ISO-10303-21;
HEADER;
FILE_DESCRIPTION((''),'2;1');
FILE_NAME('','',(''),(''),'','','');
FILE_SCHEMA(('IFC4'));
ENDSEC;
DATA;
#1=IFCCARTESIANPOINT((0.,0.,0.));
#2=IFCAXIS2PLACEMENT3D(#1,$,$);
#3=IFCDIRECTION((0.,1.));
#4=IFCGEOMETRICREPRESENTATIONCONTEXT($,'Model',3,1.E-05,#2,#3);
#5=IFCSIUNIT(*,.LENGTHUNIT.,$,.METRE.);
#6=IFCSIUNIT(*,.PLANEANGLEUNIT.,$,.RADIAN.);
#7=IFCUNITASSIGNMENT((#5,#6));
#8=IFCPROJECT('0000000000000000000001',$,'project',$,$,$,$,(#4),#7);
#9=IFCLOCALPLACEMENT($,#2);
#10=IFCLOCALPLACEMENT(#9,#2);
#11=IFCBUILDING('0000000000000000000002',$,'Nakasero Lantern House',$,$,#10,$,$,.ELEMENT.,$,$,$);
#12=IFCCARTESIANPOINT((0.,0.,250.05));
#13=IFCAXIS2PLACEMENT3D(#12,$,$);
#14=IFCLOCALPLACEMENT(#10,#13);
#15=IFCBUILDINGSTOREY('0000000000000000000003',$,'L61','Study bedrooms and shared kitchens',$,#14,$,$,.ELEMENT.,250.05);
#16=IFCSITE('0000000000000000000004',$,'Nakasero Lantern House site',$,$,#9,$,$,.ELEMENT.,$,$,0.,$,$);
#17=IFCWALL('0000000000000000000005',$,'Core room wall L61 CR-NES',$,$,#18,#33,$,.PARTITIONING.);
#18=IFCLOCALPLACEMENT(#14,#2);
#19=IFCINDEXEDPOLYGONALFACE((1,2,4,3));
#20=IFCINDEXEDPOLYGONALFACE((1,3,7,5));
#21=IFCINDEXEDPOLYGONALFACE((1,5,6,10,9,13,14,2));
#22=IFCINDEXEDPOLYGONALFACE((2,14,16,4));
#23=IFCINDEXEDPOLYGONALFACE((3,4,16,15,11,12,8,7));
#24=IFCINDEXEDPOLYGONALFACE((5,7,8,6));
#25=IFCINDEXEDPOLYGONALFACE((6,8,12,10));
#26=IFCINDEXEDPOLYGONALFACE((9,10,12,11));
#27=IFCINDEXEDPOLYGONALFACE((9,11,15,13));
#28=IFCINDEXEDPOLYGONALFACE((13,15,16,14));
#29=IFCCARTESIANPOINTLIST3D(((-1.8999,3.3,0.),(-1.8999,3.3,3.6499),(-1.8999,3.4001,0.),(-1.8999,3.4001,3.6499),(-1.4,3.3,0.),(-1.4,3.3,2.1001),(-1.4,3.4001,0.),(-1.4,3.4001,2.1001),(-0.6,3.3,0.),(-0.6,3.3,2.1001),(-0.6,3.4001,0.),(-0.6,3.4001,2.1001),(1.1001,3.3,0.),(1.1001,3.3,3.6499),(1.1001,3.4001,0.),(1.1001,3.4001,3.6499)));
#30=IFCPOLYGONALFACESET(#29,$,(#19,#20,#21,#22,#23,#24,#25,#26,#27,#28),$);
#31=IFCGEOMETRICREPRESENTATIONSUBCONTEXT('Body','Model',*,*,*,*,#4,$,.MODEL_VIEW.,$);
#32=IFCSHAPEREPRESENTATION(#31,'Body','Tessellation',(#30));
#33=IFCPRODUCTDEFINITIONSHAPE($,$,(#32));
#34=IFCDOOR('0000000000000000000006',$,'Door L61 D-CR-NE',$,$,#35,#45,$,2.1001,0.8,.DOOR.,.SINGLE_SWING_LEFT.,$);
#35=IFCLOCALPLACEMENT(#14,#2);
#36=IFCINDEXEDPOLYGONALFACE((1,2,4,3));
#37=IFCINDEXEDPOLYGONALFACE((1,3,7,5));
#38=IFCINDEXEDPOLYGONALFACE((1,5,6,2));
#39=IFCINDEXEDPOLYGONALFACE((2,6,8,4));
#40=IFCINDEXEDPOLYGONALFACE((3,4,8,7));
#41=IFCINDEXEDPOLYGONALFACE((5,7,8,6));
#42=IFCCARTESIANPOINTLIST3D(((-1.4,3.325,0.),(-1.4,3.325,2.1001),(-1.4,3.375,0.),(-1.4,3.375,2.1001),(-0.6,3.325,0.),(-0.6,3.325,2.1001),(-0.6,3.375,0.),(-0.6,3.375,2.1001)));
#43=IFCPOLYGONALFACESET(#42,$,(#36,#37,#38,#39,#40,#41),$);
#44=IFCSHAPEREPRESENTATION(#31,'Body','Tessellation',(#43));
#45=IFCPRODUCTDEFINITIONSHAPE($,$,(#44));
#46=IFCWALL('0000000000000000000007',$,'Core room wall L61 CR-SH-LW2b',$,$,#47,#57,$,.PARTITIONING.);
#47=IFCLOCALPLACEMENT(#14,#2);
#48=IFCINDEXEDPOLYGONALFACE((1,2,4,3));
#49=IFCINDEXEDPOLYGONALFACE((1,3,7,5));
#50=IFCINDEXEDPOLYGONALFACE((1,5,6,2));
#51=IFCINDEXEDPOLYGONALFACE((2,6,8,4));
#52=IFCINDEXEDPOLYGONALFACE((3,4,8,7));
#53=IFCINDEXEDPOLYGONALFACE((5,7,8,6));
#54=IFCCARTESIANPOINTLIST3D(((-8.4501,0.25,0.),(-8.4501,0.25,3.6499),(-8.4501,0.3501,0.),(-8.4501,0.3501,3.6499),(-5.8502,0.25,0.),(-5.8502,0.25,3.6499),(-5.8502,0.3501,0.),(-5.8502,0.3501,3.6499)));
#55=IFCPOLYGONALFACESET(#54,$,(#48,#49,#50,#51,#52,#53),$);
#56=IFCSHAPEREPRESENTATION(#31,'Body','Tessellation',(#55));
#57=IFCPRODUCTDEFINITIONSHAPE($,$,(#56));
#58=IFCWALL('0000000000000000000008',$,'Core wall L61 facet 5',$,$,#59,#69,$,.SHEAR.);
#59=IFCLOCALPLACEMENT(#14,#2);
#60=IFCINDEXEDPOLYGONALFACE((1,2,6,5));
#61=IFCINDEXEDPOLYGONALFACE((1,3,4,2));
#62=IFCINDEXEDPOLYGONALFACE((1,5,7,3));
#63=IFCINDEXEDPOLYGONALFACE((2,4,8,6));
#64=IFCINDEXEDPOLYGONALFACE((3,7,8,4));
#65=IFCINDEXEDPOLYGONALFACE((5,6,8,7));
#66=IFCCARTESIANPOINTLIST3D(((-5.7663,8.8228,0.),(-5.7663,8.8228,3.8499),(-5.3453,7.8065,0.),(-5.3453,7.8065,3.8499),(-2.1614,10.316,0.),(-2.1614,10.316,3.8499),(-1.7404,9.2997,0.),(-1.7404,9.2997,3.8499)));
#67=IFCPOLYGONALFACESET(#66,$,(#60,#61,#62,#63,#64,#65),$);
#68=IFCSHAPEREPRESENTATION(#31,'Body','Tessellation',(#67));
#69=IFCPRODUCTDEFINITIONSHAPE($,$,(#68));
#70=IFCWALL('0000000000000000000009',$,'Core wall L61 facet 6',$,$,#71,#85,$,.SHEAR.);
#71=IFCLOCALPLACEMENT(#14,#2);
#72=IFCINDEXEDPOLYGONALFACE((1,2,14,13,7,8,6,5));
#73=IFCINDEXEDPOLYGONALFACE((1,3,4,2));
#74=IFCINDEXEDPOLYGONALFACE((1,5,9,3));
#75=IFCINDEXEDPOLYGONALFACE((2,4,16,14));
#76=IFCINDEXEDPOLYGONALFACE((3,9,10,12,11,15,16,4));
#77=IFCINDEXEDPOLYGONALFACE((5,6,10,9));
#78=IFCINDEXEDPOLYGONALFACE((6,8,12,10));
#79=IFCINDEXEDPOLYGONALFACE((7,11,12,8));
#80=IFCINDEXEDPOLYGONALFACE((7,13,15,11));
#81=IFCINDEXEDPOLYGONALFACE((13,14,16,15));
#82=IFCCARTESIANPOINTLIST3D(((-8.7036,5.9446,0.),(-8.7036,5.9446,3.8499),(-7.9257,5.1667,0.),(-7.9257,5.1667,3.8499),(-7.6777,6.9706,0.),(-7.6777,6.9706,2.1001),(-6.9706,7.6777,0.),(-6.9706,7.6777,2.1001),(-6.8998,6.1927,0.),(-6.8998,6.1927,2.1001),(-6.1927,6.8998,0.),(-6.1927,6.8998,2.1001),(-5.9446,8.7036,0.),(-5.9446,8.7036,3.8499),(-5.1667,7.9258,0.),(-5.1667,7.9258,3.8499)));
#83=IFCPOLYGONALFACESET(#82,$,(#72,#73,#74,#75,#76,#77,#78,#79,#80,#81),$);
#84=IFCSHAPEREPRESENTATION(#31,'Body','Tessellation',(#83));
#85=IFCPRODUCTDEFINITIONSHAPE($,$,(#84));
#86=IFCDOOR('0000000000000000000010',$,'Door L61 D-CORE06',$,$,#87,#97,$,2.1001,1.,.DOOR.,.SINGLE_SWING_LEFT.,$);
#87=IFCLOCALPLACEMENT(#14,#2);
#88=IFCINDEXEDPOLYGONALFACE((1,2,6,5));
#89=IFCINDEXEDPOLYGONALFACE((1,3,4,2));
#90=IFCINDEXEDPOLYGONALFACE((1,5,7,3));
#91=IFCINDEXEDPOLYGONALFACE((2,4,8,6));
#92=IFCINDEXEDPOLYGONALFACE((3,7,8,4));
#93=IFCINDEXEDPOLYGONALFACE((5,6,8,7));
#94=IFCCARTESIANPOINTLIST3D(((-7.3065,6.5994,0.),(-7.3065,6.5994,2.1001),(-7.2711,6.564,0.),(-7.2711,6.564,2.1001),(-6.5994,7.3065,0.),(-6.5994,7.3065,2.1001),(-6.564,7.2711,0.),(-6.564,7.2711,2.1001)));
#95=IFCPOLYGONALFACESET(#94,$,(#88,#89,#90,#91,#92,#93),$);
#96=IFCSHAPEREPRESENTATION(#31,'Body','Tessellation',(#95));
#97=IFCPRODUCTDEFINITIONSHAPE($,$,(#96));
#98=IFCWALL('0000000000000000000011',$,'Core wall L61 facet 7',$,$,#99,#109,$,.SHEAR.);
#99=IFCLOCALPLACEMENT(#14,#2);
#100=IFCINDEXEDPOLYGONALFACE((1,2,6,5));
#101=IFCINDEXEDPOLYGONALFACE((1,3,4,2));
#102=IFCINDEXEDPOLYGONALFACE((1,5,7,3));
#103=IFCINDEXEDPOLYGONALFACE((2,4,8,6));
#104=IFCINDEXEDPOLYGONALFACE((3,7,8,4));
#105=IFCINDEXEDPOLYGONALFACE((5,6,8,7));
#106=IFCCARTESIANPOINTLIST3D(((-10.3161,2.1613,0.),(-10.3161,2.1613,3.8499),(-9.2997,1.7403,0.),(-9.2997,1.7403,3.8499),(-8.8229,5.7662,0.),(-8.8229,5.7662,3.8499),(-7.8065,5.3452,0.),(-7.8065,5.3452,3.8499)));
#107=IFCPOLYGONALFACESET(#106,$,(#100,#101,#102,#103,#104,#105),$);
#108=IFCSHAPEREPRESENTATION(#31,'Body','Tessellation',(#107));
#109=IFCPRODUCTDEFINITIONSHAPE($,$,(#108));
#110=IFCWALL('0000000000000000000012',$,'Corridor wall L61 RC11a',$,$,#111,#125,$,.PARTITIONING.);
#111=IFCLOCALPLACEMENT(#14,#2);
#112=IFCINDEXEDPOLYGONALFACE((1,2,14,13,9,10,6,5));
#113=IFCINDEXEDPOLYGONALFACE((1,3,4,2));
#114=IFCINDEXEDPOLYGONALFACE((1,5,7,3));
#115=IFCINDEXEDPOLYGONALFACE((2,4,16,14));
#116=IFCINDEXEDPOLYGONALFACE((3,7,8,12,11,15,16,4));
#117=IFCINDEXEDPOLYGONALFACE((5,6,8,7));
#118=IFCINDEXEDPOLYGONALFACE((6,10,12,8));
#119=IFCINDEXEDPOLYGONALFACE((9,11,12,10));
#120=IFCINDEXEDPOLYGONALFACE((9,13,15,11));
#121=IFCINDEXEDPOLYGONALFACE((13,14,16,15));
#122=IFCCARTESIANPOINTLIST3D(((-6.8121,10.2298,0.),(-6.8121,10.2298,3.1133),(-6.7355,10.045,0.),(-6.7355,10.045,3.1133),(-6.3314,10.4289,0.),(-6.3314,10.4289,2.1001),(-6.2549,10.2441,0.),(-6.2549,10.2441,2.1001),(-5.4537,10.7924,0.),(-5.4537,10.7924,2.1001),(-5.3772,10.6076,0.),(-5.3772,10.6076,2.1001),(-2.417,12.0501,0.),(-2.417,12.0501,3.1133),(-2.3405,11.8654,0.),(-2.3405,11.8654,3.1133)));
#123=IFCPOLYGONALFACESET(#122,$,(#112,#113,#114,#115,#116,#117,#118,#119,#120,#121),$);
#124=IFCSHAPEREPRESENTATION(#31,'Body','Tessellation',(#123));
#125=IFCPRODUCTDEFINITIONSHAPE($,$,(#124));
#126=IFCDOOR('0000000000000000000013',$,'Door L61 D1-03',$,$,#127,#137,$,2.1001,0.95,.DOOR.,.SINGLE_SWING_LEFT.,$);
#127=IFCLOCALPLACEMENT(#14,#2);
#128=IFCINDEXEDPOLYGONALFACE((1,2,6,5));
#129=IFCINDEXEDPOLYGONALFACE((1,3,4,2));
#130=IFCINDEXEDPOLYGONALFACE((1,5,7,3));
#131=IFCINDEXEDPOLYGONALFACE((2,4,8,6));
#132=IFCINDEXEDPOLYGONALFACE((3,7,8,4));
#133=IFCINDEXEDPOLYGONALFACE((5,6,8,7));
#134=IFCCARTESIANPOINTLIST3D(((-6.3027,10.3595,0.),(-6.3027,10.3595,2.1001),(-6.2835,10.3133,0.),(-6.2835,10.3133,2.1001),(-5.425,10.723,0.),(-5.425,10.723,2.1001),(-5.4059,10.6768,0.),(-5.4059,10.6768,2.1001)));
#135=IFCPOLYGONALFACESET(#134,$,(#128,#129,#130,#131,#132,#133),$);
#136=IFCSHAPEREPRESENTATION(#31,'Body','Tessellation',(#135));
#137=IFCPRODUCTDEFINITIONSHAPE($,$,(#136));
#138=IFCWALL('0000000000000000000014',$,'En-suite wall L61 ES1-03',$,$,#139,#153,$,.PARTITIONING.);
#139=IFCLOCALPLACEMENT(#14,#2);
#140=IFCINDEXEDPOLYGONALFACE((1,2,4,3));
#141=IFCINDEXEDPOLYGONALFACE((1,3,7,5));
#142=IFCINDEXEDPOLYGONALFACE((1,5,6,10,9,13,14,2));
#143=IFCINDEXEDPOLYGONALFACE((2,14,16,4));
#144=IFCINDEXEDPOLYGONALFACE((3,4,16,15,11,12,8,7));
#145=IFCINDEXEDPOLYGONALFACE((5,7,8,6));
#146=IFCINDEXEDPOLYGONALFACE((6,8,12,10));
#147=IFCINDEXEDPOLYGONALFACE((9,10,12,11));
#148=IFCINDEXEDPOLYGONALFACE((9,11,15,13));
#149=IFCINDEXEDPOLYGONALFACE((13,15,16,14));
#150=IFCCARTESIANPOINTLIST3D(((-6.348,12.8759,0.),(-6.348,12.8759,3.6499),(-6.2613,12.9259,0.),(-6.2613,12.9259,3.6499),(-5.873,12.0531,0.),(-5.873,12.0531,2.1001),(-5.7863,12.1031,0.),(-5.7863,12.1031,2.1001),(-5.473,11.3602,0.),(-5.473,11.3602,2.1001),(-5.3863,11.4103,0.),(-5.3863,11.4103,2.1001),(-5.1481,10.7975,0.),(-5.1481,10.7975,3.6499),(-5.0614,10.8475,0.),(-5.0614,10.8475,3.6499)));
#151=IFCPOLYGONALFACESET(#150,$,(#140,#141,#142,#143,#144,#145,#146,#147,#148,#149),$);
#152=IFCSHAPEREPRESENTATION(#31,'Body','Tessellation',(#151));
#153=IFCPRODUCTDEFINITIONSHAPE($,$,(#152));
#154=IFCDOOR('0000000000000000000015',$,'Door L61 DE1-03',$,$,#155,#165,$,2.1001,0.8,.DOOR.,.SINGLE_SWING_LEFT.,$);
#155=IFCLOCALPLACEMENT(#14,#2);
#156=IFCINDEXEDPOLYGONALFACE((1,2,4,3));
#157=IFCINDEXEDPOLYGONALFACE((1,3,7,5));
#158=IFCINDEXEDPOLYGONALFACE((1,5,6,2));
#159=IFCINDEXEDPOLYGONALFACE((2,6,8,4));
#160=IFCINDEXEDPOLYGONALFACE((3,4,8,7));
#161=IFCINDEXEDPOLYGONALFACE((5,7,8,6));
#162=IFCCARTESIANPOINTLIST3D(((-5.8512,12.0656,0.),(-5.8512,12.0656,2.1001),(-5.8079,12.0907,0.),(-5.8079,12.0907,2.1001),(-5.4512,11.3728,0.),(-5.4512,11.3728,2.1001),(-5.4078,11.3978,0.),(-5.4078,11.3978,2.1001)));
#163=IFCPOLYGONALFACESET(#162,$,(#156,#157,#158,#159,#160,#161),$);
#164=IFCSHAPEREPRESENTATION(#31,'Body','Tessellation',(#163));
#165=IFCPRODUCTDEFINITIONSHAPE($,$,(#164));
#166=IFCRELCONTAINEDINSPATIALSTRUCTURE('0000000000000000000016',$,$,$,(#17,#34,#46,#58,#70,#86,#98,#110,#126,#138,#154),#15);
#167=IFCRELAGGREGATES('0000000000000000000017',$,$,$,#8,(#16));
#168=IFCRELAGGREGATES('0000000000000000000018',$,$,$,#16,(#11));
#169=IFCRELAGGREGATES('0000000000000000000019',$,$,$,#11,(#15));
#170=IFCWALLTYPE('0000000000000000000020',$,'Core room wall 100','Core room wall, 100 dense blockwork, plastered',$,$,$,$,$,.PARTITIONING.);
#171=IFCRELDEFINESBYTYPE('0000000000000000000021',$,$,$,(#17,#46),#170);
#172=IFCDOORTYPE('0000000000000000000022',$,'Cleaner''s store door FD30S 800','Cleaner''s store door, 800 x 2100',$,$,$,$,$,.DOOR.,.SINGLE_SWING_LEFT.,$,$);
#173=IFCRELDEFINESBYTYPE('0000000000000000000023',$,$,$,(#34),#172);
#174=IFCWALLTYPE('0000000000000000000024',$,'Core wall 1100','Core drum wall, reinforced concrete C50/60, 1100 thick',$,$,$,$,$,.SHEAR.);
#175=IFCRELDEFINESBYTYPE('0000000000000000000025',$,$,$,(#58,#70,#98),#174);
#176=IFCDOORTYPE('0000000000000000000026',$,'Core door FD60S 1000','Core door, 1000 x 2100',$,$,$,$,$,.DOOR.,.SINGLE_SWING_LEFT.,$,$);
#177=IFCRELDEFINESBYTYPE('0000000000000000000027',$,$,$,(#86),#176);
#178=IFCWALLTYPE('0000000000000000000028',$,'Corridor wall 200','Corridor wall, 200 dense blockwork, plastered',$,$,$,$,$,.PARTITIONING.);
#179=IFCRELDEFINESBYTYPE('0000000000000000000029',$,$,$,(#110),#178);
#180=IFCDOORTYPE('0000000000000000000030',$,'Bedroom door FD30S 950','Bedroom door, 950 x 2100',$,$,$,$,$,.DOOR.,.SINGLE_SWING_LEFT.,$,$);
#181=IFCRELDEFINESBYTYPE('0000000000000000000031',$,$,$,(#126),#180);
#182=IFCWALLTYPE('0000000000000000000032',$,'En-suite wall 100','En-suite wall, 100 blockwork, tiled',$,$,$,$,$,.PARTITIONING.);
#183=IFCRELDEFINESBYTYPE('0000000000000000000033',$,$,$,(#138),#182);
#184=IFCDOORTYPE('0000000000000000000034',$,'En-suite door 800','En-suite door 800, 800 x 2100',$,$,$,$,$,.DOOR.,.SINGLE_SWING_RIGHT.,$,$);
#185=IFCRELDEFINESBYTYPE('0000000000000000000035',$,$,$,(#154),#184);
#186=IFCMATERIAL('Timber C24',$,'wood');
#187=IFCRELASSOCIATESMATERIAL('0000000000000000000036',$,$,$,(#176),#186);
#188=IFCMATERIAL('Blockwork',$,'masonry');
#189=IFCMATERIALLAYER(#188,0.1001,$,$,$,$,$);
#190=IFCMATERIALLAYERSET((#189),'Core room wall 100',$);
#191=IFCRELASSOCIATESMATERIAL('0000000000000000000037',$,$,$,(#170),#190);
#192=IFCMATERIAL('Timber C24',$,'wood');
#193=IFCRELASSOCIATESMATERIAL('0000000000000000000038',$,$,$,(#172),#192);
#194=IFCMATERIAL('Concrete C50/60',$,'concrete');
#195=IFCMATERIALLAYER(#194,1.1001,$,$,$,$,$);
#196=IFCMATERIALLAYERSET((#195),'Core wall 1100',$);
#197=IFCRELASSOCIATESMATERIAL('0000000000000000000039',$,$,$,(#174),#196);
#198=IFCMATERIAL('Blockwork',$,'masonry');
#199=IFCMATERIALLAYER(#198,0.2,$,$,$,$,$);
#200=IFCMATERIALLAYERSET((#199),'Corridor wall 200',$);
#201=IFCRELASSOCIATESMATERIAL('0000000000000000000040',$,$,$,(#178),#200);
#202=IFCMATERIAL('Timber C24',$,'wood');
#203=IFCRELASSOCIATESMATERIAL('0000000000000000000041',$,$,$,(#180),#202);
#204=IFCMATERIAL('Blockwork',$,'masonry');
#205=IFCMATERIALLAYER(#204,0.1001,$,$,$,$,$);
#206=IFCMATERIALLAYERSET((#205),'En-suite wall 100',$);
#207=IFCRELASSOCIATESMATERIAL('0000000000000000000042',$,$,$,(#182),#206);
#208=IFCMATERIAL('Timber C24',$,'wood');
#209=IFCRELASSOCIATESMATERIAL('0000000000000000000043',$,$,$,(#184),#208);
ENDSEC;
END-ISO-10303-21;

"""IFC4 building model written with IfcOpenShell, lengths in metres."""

from ifc_helpers import new_model, si_unit, direction, frame, frame_2d, origin, place, context, subcontext, project, spatial, rectangle, extrude, material, layer, layer_set, type_object, element, fill, save


model = new_model("IFC4")

# Units and contexts
model_context = context("Model", 3, precision=1e-05, world=origin(), true_north=direction((0.0, 1.0)))
body_context = subcontext(model_context, "Body", "Model", "MODEL_VIEW")
ifc_project = project(units=[si_unit("LENGTHUNIT", "METRE"), si_unit("PLANEANGLEUNIT", "RADIAN")], contexts=[model_context])

# Site, building, storey
site_placement = place(None, origin())
site = spatial("IfcSite", under=ifc_project, at=site_placement, Name="Nakasero Lantern House site", CompositionType="ELEMENT", RefElevation=0.0)
building_placement = place(site_placement, origin())
building = spatial("IfcBuilding", under=site, at=building_placement, Name="Nakasero Lantern House", CompositionType="ELEMENT")
storey_placement = place(building_placement, frame((0.0, 0.0, 250.05)))
storey = spatial("IfcBuildingStorey", under=building, at=storey_placement, Name="L61", Description="Study bedrooms and shared kitchens", CompositionType="ELEMENT", Elevation=250.05)

# Shared definitions
ifc_material_1 = material(Name="Timber C24", Category="wood")
door_type_1 = type_object("IfcDoorType", Name="Core door FD60S 1000", Description="Core door, 1000 x 2100", OperationType="SINGLE_SWING_LEFT", PredefinedType="DOOR", material=ifc_material_1)

# Wall, opening, door
ifc_material_2 = material(Name="Blockwork", Category="masonry")
ifc_layer_1 = layer(ifc_material_2, 0.1001)
ifc_layer_set_1 = layer_set([ifc_layer_1], Name="Core room wall 100")
wall_type_1 = type_object("IfcWallType", Name="Core room wall 100", Description="Core room wall, 100 dense blockwork, plastered", PredefinedType="PARTITIONING", material=ifc_layer_set_1)
wall_1_placement = place(storey_placement, frame((-1.8999, 3.3501, 0.0), z_axis=(0.0, 0.0, 1.0), x_axis=(1.0, 0.0, 0.0)))
wall_1 = element("IfcWall", 1, at=wall_1_placement, inside=storey, type_object=wall_type_1, Name="Core room wall L61 CR-NES", PredefinedType="PARTITIONING", context=body_context, shape_type="SweptSolid", body=[
    extrude(rectangle(XDim=3.0, YDim=0.1001, at=frame_2d((1.5, 0.0))), origin(), (0.0, 0.0, 1.0), 3.6499),
])
opening_1_placement = place(wall_1_placement, frame((0.5, 0.0, 0.0)))
opening_1 = element("IfcOpeningElement", 2, at=opening_1_placement, cuts=wall_1, PredefinedType="OPENING", context=body_context, shape_type="SweptSolid", body=[
    extrude(rectangle(XDim=0.8, YDim=2.1001, at=frame_2d((0.3999, 1.05))), frame((0.0, 0.0701, 0.0), z_axis=(0.0, -1.0, 0.0), x_axis=(1.0, 0.0, 0.0)), (0.0, 0.0, 1.0), 0.1401),
])
ifc_material_3 = material(Name="Timber C24", Category="wood")
door_type_2 = type_object("IfcDoorType", Name="Cleaner's store door FD30S 800", Description="Cleaner's store door, 800 x 2100", OperationType="SINGLE_SWING_LEFT", PredefinedType="DOOR", material=ifc_material_3)
door_1_placement = place(opening_1_placement, origin())
door_1 = element("IfcDoor", 3, at=door_1_placement, inside=storey, type_object=door_type_2, Name="Door L61 D-CR-NE", OperationType="SINGLE_SWING_LEFT", OverallHeight=2.1001, OverallWidth=0.8, PredefinedType="DOOR", context=body_context, shape_type="SweptSolid", body=[
    extrude(rectangle(XDim=0.8, YDim=2.1001, at=frame_2d((0.3999, 1.05))), frame((0.0, 0.0249, 0.0), z_axis=(0.0, -1.0, 0.0), x_axis=(1.0, 0.0, 0.0)), (0.0, 0.0, 1.0), 0.05),
])
fill(opening_1, door_1)

# Walls
wall_2_placement = place(storey_placement, frame((-8.45, 0.3, 0.0), z_axis=(0.0, 0.0, 1.0), x_axis=(1.0, 0.0, 0.0)))
element("IfcWall", 4, at=wall_2_placement, inside=storey, type_object=wall_type_1, Name="Core room wall L61 CR-SH-LW2b", PredefinedType="PARTITIONING", context=body_context, shape_type="SweptSolid", body=[
    extrude(rectangle(XDim=2.5999, YDim=0.1001, at=frame_2d((1.2998, 0.0))), origin(), (0.0, 0.0, 1.0), 3.6499),
])
ifc_material_4 = material(Name="Concrete C50/60", Category="concrete")
ifc_layer_2 = layer(ifc_material_4, 1.1001)
ifc_layer_set_2 = layer_set([ifc_layer_2], Name="Core wall 1100")
wall_type_2 = type_object("IfcWallType", Name="Core wall 1100", Description="Core drum wall, reinforced concrete C50/60, 1100 thick", PredefinedType="SHEAR", material=ifc_layer_set_2)
wall_3_placement = place(storey_placement, frame((-1.9509, 9.8079, 0.0), z_axis=(0.0, 0.0, 1.0), x_axis=(-0.923877, -0.382691, 0.0)))
element("IfcWall", 5, at=wall_3_placement, inside=storey, type_object=wall_type_2, Name="Core wall L61 facet 5", PredefinedType="SHEAR", context=body_context, shape_type="SweptSolid", body=[
    extrude(rectangle(XDim=3.9019, YDim=1.1001, at=frame_2d((1.9509, 0.0))), origin(), (0.0, 0.0, 1.0), 3.8499),
])

# Wall, opening, door
wall_4_placement = place(storey_placement, frame((-5.5557, 8.3147, 0.0), z_axis=(0.0, 0.0, 1.0), x_axis=(-0.707107, -0.707107, 0.0)))
wall_4 = element("IfcWall", 6, at=wall_4_placement, inside=storey, type_object=wall_type_2, Name="Core wall L61 facet 6", PredefinedType="SHEAR", context=body_context, shape_type="SweptSolid", body=[
    extrude(rectangle(XDim=3.9019, YDim=1.1001, at=frame_2d((1.9509, 0.0))), origin(), (0.0, 0.0, 1.0), 3.8499),
])
opening_2_placement = place(wall_4_placement, frame((1.4509, 0.0, 0.0)))
opening_2 = element("IfcOpeningElement", 7, at=opening_2_placement, cuts=wall_4, PredefinedType="OPENING", context=body_context, shape_type="SweptSolid", body=[
    extrude(rectangle(XDim=1.0, YDim=2.1001, at=frame_2d((0.5, 1.05))), frame((0.0, 0.5701, 0.0), z_axis=(0.0, -1.0, 0.0), x_axis=(1.0, 0.0, 0.0)), (0.0, 0.0, 1.0), 1.1401),
])
door_2_placement = place(opening_2_placement, origin())
door_2 = element("IfcDoor", 8, at=door_2_placement, inside=storey, type_object=door_type_1, Name="Door L61 D-CORE06", OperationType="SINGLE_SWING_LEFT", OverallHeight=2.1001, OverallWidth=1.0, PredefinedType="DOOR", context=body_context, shape_type="SweptSolid", body=[
    extrude(rectangle(XDim=1.0, YDim=2.1001, at=frame_2d((0.5, 1.05))), frame((0.0, 0.0249, 0.0), z_axis=(0.0, -1.0, 0.0), x_axis=(1.0, 0.0, 0.0)), (0.0, 0.0, 1.0), 0.05),
])
fill(opening_2, door_2)

# Wall
wall_5_placement = place(storey_placement, frame((-8.3147, 5.5557, 0.0), z_axis=(0.0, 0.0, 1.0), x_axis=(-0.382691, -0.923877, 0.0)))
element("IfcWall", 9, at=wall_5_placement, inside=storey, type_object=wall_type_2, Name="Core wall L61 facet 7", PredefinedType="SHEAR", context=body_context, shape_type="SweptSolid", body=[
    extrude(rectangle(XDim=3.9019, YDim=1.1001, at=frame_2d((1.9509, 0.0))), origin(), (0.0, 0.0, 1.0), 3.8499),
])

# Walls, openings, doors
ifc_material_5 = material(Name="Blockwork", Category="masonry")
ifc_layer_3 = layer(ifc_material_5, 0.2)
ifc_layer_set_3 = layer_set([ifc_layer_3], Name="Corridor wall 200")
wall_type_3 = type_object("IfcWallType", Name="Corridor wall 200", Description="Corridor wall, 200 dense blockwork, plastered", PredefinedType="PARTITIONING", material=ifc_layer_set_3)
wall_6_placement = place(storey_placement, frame((-6.7737, 10.1375, 0.0), z_axis=(0.0, 0.0, 1.0), x_axis=(0.923892, 0.382654, 0.0)))
wall_6 = element("IfcWall", 10, at=wall_6_placement, inside=storey, type_object=wall_type_3, Name="Corridor wall L61 RC11a", PredefinedType="PARTITIONING", context=body_context, shape_type="SweptSolid", body=[
    extrude(rectangle(XDim=4.7571, YDim=0.2, at=frame_2d((2.3784, 0.0))), origin(), (0.0, 0.0, 1.0), 3.1133),
])
opening_3_placement = place(wall_6_placement, frame((0.52, 0.0, 0.0)))
opening_3 = element("IfcOpeningElement", 11, at=opening_3_placement, cuts=wall_6, PredefinedType="OPENING", context=body_context, shape_type="SweptSolid", body=[
    extrude(rectangle(XDim=0.95, YDim=2.1001, at=frame_2d((0.4751, 1.05))), frame((0.0, 0.1199, 0.0), z_axis=(0.0, -1.0, 0.0), x_axis=(1.0, 0.0, 0.0)), (0.0, 0.0, 1.0), 0.24),
])
ifc_material_6 = material(Name="Timber C24", Category="wood")
door_type_3 = type_object("IfcDoorType", Name="Bedroom door FD30S 950", Description="Bedroom door, 950 x 2100", OperationType="SINGLE_SWING_LEFT", PredefinedType="DOOR", material=ifc_material_6)
door_3_placement = place(opening_3_placement, origin())
door_3 = element("IfcDoor", 12, at=door_3_placement, inside=storey, type_object=door_type_3, Name="Door L61 D1-03", OperationType="SINGLE_SWING_LEFT", OverallHeight=2.1001, OverallWidth=0.95, PredefinedType="DOOR", context=body_context, shape_type="SweptSolid", body=[
    extrude(rectangle(XDim=0.95, YDim=2.1001, at=frame_2d((0.4751, 1.05))), frame((0.0, 0.0249, 0.0), z_axis=(0.0, -1.0, 0.0), x_axis=(1.0, 0.0, 0.0)), (0.0, 0.0, 1.0), 0.05),
])
fill(opening_3, door_3)
ifc_material_7 = material(Name="Blockwork", Category="masonry")
ifc_layer_4 = layer(ifc_material_7, 0.1001)
ifc_layer_set_4 = layer_set([ifc_layer_4], Name="En-suite wall 100")
wall_type_4 = type_object("IfcWallType", Name="En-suite wall 100", Description="En-suite wall, 100 blockwork, tiled", PredefinedType="PARTITIONING", material=ifc_layer_set_4)
wall_7_placement = place(storey_placement, frame((-5.1047, 10.8225, 0.0), z_axis=(0.0, 0.0, 1.0), x_axis=(-0.500001, 0.866025, 0.0)))
wall_7 = element("IfcWall", 13, at=wall_7_placement, inside=storey, type_object=wall_type_4, Name="En-suite wall L61 ES1-03", PredefinedType="PARTITIONING", context=body_context, shape_type="SweptSolid", body=[
    extrude(rectangle(XDim=2.3999, YDim=0.1001, at=frame_2d((1.2, 0.0))), origin(), (0.0, 0.0, 1.0), 3.6499),
])
opening_4_placement = place(wall_7_placement, frame((0.6499, 0.0, 0.0)))
opening_4 = element("IfcOpeningElement", 14, at=opening_4_placement, cuts=wall_7, PredefinedType="OPENING", context=body_context, shape_type="SweptSolid", body=[
    extrude(rectangle(XDim=0.8, YDim=2.1001, at=frame_2d((0.3999, 1.05))), frame((0.0, 0.0701, 0.0), z_axis=(0.0, -1.0, 0.0), x_axis=(1.0, 0.0, 0.0)), (0.0, 0.0, 1.0), 0.1401),
])
ifc_material_8 = material(Name="Timber C24", Category="wood")
door_type_4 = type_object("IfcDoorType", Name="En-suite door 800", Description="En-suite door 800, 800 x 2100", OperationType="SINGLE_SWING_RIGHT", PredefinedType="DOOR", material=ifc_material_8)
door_4_placement = place(opening_4_placement, origin())
door_4 = element("IfcDoor", 15, at=door_4_placement, inside=storey, type_object=door_type_4, Name="Door L61 DE1-03", OperationType="SINGLE_SWING_LEFT", OverallHeight=2.1001, OverallWidth=0.8, PredefinedType="DOOR", context=body_context, shape_type="SweptSolid", body=[
    extrude(rectangle(XDim=0.8, YDim=2.1001, at=frame_2d((0.3999, 1.05))), frame((0.0, 0.0249, 0.0), z_axis=(0.0, -1.0, 0.0), x_axis=(1.0, 0.0, 0.0)), (0.0, 0.0, 1.0), 0.05),
])
fill(opening_4, door_4)

save(model, "model.ifc")
